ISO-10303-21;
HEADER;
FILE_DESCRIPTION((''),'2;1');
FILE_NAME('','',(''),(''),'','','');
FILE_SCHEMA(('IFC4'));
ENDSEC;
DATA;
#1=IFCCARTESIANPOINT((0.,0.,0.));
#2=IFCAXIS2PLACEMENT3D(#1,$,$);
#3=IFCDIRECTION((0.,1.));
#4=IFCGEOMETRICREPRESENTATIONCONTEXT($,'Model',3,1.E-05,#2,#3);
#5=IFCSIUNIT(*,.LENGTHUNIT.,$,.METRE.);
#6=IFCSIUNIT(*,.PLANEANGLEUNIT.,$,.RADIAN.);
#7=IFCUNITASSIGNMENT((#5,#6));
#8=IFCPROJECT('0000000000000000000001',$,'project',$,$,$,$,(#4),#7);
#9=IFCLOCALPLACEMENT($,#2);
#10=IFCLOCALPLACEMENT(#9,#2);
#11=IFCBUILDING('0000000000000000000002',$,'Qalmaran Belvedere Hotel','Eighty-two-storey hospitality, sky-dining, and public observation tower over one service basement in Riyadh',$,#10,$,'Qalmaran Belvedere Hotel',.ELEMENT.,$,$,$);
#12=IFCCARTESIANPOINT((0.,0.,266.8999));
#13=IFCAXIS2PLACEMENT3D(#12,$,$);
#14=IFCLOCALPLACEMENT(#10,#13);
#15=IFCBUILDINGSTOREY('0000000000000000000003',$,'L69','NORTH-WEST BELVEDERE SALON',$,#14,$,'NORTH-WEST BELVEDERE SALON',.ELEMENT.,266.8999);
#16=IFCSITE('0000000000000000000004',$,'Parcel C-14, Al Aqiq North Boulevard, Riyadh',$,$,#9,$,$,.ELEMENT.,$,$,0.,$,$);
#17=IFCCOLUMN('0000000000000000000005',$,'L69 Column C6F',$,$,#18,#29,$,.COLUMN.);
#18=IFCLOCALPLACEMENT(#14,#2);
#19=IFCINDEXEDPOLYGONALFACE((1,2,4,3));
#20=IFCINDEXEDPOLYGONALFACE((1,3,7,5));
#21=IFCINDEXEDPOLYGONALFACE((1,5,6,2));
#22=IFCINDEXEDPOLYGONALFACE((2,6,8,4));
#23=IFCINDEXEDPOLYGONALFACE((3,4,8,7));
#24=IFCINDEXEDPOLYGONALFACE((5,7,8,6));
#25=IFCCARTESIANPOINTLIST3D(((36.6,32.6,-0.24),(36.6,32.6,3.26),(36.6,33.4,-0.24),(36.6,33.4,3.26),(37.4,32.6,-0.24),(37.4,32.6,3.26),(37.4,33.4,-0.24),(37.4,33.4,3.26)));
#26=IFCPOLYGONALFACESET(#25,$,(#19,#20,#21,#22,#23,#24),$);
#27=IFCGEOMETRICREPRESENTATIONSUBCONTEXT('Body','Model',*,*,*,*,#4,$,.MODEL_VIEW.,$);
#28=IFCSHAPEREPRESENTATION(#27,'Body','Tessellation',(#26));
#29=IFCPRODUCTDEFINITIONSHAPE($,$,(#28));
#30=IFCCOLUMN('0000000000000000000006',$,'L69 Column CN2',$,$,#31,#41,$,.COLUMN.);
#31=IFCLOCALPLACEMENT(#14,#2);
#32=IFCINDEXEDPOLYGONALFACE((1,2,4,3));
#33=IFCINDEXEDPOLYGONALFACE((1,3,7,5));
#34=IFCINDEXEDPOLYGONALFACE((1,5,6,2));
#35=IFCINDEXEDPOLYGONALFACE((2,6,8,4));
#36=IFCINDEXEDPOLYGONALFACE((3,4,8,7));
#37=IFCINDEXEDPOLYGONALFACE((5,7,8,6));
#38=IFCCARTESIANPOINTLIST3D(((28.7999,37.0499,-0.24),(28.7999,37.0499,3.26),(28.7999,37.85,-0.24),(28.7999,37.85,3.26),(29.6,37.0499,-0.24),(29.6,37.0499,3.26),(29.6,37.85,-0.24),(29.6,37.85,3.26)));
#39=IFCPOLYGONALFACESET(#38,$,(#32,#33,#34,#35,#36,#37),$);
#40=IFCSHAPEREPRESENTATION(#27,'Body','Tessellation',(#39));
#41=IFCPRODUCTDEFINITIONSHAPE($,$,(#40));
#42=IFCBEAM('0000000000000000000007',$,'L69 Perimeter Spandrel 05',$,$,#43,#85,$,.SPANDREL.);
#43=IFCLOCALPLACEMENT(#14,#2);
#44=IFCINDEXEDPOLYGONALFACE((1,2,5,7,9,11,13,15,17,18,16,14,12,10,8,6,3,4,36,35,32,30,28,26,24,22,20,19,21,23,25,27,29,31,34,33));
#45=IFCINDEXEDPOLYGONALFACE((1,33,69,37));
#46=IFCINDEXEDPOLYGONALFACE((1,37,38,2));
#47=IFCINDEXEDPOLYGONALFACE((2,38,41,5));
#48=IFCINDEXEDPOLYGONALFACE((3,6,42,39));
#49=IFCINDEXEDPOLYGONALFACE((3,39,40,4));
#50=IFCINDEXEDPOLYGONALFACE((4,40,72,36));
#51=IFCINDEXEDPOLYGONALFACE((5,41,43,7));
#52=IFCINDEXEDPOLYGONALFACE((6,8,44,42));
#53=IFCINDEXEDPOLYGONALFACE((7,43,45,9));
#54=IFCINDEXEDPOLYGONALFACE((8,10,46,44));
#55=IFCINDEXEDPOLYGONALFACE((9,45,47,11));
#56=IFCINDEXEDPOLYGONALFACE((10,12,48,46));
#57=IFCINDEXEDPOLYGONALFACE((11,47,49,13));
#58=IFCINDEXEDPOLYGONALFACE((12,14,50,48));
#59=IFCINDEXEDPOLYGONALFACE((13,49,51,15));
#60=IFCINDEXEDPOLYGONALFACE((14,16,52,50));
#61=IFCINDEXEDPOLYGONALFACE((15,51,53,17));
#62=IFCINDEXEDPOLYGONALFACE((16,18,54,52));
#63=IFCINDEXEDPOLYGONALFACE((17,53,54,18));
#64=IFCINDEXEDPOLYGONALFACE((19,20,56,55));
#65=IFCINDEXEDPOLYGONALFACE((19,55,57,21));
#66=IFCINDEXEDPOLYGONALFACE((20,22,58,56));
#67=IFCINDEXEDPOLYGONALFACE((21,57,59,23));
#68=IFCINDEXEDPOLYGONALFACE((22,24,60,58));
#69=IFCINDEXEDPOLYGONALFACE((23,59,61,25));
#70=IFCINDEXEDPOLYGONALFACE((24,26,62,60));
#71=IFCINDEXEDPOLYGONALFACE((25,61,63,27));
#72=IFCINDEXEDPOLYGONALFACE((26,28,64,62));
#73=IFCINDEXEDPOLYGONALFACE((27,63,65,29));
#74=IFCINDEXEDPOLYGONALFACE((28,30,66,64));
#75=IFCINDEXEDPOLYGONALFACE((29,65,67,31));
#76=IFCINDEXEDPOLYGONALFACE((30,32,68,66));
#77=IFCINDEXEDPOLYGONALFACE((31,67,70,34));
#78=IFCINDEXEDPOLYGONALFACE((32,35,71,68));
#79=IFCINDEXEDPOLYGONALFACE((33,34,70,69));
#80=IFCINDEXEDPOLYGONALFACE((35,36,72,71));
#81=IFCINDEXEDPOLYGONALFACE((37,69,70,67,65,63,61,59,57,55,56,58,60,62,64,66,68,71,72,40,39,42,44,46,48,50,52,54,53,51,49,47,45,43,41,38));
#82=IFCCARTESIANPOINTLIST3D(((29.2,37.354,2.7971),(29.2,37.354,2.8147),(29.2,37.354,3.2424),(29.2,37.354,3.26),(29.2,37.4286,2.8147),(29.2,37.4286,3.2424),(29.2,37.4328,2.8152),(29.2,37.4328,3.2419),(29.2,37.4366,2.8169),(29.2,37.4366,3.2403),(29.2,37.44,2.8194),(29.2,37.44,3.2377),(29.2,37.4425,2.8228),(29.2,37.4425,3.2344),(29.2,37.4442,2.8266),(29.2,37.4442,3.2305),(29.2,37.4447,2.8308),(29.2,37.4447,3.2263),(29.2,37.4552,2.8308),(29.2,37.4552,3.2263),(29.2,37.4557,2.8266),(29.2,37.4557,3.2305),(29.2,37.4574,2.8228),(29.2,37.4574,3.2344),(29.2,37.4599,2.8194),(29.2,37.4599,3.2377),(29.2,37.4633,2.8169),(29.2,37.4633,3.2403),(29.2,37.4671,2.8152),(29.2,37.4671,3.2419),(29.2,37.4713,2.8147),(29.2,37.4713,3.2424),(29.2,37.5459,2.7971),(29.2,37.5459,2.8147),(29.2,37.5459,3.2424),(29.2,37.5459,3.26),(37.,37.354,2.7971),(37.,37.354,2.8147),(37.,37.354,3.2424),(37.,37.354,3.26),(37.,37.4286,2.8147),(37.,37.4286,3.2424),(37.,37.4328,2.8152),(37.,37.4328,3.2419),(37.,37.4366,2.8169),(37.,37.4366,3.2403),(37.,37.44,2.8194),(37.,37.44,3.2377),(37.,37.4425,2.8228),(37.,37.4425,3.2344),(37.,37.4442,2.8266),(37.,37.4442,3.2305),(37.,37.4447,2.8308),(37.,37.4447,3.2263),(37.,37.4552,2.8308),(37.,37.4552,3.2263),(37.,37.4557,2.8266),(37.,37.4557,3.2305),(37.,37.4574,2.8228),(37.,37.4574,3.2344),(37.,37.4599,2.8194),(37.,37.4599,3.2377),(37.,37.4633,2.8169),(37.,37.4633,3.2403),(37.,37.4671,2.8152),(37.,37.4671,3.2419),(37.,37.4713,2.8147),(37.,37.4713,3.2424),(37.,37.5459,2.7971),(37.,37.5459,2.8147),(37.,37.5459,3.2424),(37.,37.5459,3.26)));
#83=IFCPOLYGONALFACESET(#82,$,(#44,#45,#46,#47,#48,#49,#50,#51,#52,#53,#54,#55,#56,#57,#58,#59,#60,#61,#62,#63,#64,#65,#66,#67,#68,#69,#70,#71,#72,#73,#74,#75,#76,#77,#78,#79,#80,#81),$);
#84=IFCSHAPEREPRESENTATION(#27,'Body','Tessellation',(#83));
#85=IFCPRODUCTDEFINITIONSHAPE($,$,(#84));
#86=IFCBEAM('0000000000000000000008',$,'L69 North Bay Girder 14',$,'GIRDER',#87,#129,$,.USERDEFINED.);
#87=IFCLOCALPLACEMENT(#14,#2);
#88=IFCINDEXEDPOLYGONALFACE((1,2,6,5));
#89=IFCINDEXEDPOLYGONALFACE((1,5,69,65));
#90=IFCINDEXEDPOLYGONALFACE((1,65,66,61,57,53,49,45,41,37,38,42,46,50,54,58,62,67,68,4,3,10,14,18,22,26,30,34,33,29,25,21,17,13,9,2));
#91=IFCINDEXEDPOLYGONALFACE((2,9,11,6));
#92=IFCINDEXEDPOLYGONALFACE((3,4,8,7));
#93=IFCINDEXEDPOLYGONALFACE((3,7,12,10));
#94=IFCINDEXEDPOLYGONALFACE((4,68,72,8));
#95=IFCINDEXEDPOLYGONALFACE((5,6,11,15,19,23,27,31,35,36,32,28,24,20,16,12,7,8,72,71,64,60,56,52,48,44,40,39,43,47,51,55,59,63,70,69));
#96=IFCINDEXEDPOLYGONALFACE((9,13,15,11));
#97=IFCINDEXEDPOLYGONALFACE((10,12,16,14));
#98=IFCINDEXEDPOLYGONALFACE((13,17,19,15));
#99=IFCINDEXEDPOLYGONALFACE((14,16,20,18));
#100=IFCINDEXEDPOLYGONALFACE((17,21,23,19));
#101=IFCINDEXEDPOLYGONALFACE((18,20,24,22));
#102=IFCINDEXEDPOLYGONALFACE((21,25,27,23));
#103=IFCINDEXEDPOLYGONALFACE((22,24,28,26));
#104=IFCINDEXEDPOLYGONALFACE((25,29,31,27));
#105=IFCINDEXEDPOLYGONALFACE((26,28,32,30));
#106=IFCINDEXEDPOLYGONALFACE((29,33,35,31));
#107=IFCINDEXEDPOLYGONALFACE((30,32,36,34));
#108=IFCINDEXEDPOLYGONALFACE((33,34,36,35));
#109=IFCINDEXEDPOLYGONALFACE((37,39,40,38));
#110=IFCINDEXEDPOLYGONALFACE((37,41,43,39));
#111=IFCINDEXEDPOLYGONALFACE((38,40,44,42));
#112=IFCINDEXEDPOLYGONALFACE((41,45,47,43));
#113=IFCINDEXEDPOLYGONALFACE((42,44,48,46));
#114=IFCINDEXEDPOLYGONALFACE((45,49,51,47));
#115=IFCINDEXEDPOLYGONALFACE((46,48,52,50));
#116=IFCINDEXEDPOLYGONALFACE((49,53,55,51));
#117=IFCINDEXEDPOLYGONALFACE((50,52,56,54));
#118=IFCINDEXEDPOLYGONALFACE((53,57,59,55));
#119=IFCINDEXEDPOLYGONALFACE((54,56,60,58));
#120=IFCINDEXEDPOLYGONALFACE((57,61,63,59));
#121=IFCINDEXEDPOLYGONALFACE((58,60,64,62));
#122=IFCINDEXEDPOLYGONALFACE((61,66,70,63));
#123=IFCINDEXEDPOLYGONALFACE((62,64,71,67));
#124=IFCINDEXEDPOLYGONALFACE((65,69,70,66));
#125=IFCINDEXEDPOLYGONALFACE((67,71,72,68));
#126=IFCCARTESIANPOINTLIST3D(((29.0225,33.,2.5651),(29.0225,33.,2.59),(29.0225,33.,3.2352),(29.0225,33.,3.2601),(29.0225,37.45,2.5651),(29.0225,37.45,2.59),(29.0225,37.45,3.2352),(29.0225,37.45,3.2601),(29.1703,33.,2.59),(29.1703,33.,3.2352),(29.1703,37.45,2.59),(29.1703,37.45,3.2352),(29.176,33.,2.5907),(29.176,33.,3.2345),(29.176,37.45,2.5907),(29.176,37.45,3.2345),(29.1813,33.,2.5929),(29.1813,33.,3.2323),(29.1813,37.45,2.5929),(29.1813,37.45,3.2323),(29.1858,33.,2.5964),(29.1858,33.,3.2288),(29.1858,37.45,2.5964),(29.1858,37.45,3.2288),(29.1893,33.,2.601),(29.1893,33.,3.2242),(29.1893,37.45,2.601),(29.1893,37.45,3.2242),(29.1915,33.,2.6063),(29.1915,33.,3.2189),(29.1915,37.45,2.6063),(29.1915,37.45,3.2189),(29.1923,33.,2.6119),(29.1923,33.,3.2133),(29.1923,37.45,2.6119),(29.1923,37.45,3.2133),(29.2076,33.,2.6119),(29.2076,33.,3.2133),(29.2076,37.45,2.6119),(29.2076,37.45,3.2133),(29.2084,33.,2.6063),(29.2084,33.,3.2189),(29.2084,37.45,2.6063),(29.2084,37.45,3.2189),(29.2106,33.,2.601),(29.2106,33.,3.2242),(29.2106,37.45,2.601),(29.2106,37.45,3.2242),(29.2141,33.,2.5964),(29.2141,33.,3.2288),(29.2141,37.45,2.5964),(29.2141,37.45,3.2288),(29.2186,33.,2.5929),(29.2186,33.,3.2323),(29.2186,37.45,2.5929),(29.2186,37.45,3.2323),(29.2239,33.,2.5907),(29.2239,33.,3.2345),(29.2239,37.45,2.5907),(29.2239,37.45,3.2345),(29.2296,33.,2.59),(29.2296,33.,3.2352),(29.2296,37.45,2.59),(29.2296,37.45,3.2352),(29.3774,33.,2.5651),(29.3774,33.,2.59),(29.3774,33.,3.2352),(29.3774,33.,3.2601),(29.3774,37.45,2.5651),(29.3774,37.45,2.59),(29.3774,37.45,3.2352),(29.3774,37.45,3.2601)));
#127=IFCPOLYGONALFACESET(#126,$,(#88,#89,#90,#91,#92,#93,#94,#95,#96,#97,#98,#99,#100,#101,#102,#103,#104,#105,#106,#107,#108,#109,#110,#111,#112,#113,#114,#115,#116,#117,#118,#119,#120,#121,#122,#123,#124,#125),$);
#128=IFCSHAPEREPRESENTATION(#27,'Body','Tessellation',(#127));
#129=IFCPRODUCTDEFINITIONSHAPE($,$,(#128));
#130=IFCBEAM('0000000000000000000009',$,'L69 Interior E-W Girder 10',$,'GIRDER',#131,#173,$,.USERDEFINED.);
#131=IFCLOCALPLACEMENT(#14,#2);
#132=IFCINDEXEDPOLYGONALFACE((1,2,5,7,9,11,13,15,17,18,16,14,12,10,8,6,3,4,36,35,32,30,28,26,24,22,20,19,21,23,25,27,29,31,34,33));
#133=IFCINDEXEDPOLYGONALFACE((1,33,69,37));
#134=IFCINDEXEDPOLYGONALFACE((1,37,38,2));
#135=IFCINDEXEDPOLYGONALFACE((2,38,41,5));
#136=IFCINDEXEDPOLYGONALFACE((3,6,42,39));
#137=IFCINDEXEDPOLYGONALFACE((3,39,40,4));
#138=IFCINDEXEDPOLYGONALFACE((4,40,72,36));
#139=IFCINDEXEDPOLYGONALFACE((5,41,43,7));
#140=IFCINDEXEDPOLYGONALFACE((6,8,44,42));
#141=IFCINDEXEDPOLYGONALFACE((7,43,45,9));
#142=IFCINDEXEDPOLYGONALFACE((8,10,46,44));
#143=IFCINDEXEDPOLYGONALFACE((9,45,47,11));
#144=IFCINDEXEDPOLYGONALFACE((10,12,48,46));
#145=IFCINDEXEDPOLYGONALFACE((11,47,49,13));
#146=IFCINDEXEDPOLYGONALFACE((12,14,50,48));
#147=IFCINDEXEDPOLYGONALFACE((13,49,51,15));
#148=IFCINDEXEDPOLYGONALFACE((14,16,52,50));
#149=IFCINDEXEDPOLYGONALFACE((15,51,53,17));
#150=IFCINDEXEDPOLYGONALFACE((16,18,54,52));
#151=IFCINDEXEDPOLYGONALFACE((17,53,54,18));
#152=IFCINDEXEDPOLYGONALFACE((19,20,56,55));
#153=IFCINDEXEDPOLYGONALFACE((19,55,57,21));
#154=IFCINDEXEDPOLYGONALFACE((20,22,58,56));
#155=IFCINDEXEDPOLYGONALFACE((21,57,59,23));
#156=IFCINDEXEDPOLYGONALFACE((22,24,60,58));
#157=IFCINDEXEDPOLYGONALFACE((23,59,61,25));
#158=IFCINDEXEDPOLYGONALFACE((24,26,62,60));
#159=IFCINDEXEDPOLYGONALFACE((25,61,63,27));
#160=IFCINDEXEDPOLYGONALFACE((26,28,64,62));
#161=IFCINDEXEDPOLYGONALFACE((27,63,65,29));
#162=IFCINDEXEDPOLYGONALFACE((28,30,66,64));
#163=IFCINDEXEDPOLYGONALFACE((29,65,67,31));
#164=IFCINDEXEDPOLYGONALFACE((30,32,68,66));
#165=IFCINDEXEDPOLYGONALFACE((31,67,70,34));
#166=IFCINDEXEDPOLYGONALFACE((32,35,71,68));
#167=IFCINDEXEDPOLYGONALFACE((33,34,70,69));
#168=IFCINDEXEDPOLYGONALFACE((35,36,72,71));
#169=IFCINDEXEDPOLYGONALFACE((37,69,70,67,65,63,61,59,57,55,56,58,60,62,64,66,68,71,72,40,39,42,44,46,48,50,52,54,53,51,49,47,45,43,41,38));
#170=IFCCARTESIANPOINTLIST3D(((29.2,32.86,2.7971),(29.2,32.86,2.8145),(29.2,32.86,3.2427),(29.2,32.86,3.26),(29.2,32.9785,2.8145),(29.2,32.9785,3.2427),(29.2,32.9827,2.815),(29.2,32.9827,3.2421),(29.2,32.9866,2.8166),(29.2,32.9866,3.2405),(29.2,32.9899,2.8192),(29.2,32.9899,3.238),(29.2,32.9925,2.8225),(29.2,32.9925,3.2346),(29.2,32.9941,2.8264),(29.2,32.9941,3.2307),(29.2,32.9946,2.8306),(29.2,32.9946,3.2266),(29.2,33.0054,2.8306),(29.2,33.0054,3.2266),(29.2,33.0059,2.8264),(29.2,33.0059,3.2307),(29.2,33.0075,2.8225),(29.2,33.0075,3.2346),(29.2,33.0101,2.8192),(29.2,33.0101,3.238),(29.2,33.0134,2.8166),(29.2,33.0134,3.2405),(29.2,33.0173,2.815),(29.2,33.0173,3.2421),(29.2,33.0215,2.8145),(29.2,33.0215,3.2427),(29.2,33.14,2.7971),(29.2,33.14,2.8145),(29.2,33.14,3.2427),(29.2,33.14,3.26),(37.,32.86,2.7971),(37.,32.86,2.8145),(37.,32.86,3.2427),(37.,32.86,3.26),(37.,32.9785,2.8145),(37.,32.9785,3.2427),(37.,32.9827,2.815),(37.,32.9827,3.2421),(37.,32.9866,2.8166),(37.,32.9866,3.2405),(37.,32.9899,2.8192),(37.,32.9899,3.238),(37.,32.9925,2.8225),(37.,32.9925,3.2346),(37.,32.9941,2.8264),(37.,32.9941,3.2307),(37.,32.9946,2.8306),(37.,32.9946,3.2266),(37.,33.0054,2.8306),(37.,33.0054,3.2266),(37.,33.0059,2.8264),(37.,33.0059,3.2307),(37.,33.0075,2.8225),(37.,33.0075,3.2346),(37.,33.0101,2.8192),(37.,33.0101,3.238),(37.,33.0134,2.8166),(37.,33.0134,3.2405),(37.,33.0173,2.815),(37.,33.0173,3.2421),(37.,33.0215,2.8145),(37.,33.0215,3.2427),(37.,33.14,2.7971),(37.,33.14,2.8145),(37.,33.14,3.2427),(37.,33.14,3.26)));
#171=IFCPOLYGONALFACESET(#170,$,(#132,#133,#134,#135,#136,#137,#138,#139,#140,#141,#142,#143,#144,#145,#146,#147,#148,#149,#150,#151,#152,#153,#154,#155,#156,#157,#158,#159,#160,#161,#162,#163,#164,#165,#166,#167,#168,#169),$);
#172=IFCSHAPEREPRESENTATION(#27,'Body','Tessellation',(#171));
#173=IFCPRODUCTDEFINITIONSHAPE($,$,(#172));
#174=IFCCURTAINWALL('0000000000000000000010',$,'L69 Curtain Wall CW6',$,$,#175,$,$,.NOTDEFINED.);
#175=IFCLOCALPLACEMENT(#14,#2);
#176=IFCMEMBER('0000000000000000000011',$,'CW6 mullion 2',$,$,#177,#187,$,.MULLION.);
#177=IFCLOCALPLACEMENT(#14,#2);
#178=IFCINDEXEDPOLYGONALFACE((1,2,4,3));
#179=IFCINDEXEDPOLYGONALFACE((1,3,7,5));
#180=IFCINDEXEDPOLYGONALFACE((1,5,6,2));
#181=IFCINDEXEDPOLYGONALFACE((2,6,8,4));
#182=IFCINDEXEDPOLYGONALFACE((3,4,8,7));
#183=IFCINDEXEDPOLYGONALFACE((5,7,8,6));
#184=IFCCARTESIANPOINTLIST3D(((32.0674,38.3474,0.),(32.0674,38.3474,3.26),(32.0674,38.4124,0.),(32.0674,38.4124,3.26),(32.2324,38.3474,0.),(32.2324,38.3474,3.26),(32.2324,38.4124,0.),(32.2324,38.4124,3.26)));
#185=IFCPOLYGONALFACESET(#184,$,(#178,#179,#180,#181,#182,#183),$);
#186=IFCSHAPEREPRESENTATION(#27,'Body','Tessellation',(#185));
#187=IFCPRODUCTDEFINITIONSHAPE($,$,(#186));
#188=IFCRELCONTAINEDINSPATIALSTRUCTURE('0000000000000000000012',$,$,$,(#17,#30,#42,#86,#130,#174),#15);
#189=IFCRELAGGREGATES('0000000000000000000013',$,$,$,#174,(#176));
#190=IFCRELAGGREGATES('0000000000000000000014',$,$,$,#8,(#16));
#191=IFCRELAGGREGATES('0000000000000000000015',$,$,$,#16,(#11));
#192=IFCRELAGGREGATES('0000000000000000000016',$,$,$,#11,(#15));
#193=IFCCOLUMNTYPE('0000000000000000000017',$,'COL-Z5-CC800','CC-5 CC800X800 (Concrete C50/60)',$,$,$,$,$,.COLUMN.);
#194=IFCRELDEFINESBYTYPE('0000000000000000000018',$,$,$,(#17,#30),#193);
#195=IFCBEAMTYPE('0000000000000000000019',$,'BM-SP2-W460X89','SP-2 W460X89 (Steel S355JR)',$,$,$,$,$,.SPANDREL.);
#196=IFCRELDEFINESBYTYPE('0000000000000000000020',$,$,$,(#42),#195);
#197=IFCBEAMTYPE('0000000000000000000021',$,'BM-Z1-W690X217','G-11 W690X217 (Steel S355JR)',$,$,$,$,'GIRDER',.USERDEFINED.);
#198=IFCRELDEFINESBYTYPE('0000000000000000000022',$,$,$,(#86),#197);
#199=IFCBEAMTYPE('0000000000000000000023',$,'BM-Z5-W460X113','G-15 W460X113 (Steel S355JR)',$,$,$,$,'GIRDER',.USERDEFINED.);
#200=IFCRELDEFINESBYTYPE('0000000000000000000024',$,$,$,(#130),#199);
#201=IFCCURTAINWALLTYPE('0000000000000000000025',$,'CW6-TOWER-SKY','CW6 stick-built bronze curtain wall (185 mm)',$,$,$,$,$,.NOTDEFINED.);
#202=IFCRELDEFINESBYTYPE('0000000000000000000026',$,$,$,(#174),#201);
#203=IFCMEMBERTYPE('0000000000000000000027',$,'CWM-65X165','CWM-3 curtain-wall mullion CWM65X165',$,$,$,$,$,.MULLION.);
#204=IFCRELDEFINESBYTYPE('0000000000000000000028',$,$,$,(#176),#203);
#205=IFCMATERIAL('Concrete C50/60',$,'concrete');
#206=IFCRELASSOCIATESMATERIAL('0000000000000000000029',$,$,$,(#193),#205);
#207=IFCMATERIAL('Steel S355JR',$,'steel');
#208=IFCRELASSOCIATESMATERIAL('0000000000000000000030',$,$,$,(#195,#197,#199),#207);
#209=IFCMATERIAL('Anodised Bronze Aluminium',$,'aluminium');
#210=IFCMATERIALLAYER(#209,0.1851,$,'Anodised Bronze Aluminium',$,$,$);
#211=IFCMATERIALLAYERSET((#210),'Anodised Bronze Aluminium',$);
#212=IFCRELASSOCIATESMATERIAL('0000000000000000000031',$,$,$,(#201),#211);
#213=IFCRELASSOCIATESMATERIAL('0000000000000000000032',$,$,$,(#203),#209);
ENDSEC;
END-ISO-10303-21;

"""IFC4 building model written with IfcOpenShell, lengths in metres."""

from ifc_helpers import new_model, si_unit, direction, frame, origin, origin_2d, place, context, subcontext, project, spatial, rectangle, i_section, extrude, material, layer, layer_set, material_profile, profile_set, type_object, element, aggregate, save


model = new_model("IFC4")

# Units and contexts
model_context = context("Model", 3, precision=1e-05, world=origin(), true_north=direction((0.0, 1.0)))
body_context = subcontext(model_context, "Body", "Model", "MODEL_VIEW")
ifc_project = project(units=[si_unit("LENGTHUNIT", "METRE"), si_unit("PLANEANGLEUNIT", "RADIAN")], contexts=[model_context])

# Site, building, storey
site_placement = place(None, origin())
site = spatial("IfcSite", under=ifc_project, at=site_placement, Name="Parcel C-14, Al Aqiq North Boulevard, Riyadh", CompositionType="ELEMENT", RefElevation=0.0)
building_placement = place(site_placement, origin())
building = spatial("IfcBuilding", under=site, at=building_placement, Name="Qalmaran Belvedere Hotel", Description="Eighty-two-storey hospitality, sky-dining, and public observation tower over one service basement in Riyadh", LongName="Qalmaran Belvedere Hotel", CompositionType="ELEMENT")
storey_placement = place(building_placement, frame((0.0, 0.0, 266.8999)))
storey = spatial("IfcBuildingStorey", under=building, at=storey_placement, Name="L69", Description="NORTH-WEST BELVEDERE SALON", LongName="NORTH-WEST BELVEDERE SALON", CompositionType="ELEMENT", Elevation=266.8999)

# Columns
ifc_material_1 = material(Name="Concrete C50/60", Category="concrete")
ifc_material_profile_1 = material_profile(ifc_material_1, rectangle(XDim=0.8, YDim=0.8, at=origin_2d()), Name="CC800X800")
ifc_profile_set_1 = profile_set([ifc_material_profile_1], Name="Concrete C50/60")
column_type = type_object("IfcColumnType", Name="COL-Z5-CC800", Description="CC-5 CC800X800 (Concrete C50/60)", PredefinedType="COLUMN", material=ifc_profile_set_1)
for number, where, z_axis, x_axis, name in (
    (1, (37.0, 33.0, -0.24), (0.0, 0.0, 1.0), (1.0, 0.0, 0.0), "L69 Column C6F"),
    (2, (29.2, 37.45, -0.24), (0.0, 0.0, 1.0), (1.0, 0.0, 0.0), "L69 Column CN2"),
):
    element("IfcColumn", number, at=place(storey_placement, frame(where, z_axis=z_axis, x_axis=x_axis)), inside=storey, type_object=column_type, Name=name, PredefinedType="COLUMN", context=body_context, shape_type="SweptSolid", body=[
        extrude(rectangle(XDim=0.8, YDim=0.8, at=origin_2d()), origin(), (0.0, 0.0, 1.0), 3.5),
    ])

# Beams
ifc_material_2 = material(Name="Steel S355JR", Category="steel")
ifc_material_profile_2 = material_profile(ifc_material_2, i_section(OverallWidth=0.1919, OverallDepth=0.4629, WebThickness=0.0105, FlangeThickness=0.0176, FilletRadius=0.0161, at=origin_2d()), Name="W460X89")
ifc_profile_set_2 = profile_set([ifc_material_profile_2], Name="Steel S355JR")
beam_type_1 = type_object("IfcBeamType", Name="BM-SP2-W460X89", Description="SP-2 W460X89 (Steel S355JR)", PredefinedType="SPANDREL", material=ifc_profile_set_2)
beam_1_placement = place(storey_placement, frame((29.2, 37.45, 3.0286), z_axis=(1.0, 0.0, 0.0), x_axis=(0.0, 1.0, 0.0)))
element("IfcBeam", 3, at=beam_1_placement, inside=storey, type_object=beam_type_1, Name="L69 Perimeter Spandrel 05", PredefinedType="SPANDREL", context=body_context, shape_type="SweptSolid", body=[
    extrude(i_section(OverallWidth=0.1919, OverallDepth=0.4629, WebThickness=0.0105, FlangeThickness=0.0176, FilletRadius=0.0161, at=origin_2d()), origin(), (0.0, 0.0, 1.0), 7.8),
])
ifc_material_profile_3 = material_profile(ifc_material_2, i_section(OverallWidth=0.355, OverallDepth=0.6951, WebThickness=0.0154, FlangeThickness=0.0249, FilletRadius=0.022, at=origin_2d()), Name="W690X217")
ifc_profile_set_3 = profile_set([ifc_material_profile_3], Name="Steel S355JR")
beam_type_2 = type_object("IfcBeamType", Name="BM-Z1-W690X217", Description="G-11 W690X217 (Steel S355JR)", ElementType="GIRDER", PredefinedType="USERDEFINED", material=ifc_profile_set_3)
beam_2_placement = place(storey_placement, frame((29.2, 33.0, 2.9126), z_axis=(0.0, 1.0, 0.0), x_axis=(-1.0, 0.0, 0.0)))
element("IfcBeam", 4, at=beam_2_placement, inside=storey, type_object=beam_type_2, Name="L69 North Bay Girder 14", ObjectType="GIRDER", PredefinedType="USERDEFINED", context=body_context, shape_type="SweptSolid", body=[
    extrude(i_section(OverallWidth=0.355, OverallDepth=0.6951, WebThickness=0.0154, FlangeThickness=0.0249, FilletRadius=0.022, at=origin_2d()), origin(), (0.0, 0.0, 1.0), 4.45),
])
ifc_material_profile_4 = material_profile(ifc_material_2, i_section(OverallWidth=0.28, OverallDepth=0.4629, WebThickness=0.0107, FlangeThickness=0.0173, FilletRadius=0.0161, at=origin_2d()), Name="W460X113")
ifc_profile_set_4 = profile_set([ifc_material_profile_4], Name="Steel S355JR")
beam_type_3 = type_object("IfcBeamType", Name="BM-Z5-W460X113", Description="G-15 W460X113 (Steel S355JR)", ElementType="GIRDER", PredefinedType="USERDEFINED", material=ifc_profile_set_4)
beam_3_placement = place(storey_placement, frame((29.2, 33.0, 3.0286), z_axis=(1.0, 0.0, 0.0), x_axis=(0.0, 1.0, 0.0)))
element("IfcBeam", 5, at=beam_3_placement, inside=storey, type_object=beam_type_3, Name="L69 Interior E-W Girder 10", ObjectType="GIRDER", PredefinedType="USERDEFINED", context=body_context, shape_type="SweptSolid", body=[
    extrude(i_section(OverallWidth=0.28, OverallDepth=0.4629, WebThickness=0.0107, FlangeThickness=0.0173, FilletRadius=0.0161, at=origin_2d()), origin(), (0.0, 0.0, 1.0), 7.8),
])

# Curtain wall, member
ifc_material_3 = material(Name="Anodised Bronze Aluminium", Category="aluminium")
ifc_layer_1 = layer(ifc_material_3, 0.1851, Name="Anodised Bronze Aluminium")
ifc_layer_set_1 = layer_set([ifc_layer_1], Name="Anodised Bronze Aluminium")
curtain_wall_type = type_object("IfcCurtainWallType", Name="CW6-TOWER-SKY", Description="CW6 stick-built bronze curtain wall (185 mm)", PredefinedType="NOTDEFINED", material=ifc_layer_set_1)
curtain_wall_placement = place(storey_placement, origin())
curtain_wall = element("IfcCurtainWall", 6, at=curtain_wall_placement, inside=storey, type_object=curtain_wall_type, Name="L69 Curtain Wall CW6", PredefinedType="NOTDEFINED")
ifc_material_profile_5 = material_profile(ifc_material_3, rectangle(XDim=0.0649, YDim=0.165, at=origin_2d()), Name="CWM65X165")
ifc_profile_set_5 = profile_set([ifc_material_profile_5], Name="Anodised Bronze Aluminium")
member_type_1 = type_object("IfcMemberType", Name="CWM-65X165", Description="CWM-3 curtain-wall mullion CWM65X165", PredefinedType="MULLION", material=ifc_profile_set_5)
member_1_placement = place(storey_placement, frame((32.1499, 38.3799, 0.0), z_axis=(0.0, 0.0, 1.0), x_axis=(0.0, -1.0, 0.0)))
member_1 = element("IfcMember", 7, at=member_1_placement, type_object=member_type_1, Name="CW6 mullion 2", PredefinedType="MULLION", context=body_context, shape_type="SweptSolid", body=[
    extrude(rectangle(XDim=0.0649, YDim=0.165, at=origin_2d()), origin(), (0.0, 0.0, 1.0), 3.26),
])
aggregate(curtain_wall, [member_1])

save(model, "model.ifc")
